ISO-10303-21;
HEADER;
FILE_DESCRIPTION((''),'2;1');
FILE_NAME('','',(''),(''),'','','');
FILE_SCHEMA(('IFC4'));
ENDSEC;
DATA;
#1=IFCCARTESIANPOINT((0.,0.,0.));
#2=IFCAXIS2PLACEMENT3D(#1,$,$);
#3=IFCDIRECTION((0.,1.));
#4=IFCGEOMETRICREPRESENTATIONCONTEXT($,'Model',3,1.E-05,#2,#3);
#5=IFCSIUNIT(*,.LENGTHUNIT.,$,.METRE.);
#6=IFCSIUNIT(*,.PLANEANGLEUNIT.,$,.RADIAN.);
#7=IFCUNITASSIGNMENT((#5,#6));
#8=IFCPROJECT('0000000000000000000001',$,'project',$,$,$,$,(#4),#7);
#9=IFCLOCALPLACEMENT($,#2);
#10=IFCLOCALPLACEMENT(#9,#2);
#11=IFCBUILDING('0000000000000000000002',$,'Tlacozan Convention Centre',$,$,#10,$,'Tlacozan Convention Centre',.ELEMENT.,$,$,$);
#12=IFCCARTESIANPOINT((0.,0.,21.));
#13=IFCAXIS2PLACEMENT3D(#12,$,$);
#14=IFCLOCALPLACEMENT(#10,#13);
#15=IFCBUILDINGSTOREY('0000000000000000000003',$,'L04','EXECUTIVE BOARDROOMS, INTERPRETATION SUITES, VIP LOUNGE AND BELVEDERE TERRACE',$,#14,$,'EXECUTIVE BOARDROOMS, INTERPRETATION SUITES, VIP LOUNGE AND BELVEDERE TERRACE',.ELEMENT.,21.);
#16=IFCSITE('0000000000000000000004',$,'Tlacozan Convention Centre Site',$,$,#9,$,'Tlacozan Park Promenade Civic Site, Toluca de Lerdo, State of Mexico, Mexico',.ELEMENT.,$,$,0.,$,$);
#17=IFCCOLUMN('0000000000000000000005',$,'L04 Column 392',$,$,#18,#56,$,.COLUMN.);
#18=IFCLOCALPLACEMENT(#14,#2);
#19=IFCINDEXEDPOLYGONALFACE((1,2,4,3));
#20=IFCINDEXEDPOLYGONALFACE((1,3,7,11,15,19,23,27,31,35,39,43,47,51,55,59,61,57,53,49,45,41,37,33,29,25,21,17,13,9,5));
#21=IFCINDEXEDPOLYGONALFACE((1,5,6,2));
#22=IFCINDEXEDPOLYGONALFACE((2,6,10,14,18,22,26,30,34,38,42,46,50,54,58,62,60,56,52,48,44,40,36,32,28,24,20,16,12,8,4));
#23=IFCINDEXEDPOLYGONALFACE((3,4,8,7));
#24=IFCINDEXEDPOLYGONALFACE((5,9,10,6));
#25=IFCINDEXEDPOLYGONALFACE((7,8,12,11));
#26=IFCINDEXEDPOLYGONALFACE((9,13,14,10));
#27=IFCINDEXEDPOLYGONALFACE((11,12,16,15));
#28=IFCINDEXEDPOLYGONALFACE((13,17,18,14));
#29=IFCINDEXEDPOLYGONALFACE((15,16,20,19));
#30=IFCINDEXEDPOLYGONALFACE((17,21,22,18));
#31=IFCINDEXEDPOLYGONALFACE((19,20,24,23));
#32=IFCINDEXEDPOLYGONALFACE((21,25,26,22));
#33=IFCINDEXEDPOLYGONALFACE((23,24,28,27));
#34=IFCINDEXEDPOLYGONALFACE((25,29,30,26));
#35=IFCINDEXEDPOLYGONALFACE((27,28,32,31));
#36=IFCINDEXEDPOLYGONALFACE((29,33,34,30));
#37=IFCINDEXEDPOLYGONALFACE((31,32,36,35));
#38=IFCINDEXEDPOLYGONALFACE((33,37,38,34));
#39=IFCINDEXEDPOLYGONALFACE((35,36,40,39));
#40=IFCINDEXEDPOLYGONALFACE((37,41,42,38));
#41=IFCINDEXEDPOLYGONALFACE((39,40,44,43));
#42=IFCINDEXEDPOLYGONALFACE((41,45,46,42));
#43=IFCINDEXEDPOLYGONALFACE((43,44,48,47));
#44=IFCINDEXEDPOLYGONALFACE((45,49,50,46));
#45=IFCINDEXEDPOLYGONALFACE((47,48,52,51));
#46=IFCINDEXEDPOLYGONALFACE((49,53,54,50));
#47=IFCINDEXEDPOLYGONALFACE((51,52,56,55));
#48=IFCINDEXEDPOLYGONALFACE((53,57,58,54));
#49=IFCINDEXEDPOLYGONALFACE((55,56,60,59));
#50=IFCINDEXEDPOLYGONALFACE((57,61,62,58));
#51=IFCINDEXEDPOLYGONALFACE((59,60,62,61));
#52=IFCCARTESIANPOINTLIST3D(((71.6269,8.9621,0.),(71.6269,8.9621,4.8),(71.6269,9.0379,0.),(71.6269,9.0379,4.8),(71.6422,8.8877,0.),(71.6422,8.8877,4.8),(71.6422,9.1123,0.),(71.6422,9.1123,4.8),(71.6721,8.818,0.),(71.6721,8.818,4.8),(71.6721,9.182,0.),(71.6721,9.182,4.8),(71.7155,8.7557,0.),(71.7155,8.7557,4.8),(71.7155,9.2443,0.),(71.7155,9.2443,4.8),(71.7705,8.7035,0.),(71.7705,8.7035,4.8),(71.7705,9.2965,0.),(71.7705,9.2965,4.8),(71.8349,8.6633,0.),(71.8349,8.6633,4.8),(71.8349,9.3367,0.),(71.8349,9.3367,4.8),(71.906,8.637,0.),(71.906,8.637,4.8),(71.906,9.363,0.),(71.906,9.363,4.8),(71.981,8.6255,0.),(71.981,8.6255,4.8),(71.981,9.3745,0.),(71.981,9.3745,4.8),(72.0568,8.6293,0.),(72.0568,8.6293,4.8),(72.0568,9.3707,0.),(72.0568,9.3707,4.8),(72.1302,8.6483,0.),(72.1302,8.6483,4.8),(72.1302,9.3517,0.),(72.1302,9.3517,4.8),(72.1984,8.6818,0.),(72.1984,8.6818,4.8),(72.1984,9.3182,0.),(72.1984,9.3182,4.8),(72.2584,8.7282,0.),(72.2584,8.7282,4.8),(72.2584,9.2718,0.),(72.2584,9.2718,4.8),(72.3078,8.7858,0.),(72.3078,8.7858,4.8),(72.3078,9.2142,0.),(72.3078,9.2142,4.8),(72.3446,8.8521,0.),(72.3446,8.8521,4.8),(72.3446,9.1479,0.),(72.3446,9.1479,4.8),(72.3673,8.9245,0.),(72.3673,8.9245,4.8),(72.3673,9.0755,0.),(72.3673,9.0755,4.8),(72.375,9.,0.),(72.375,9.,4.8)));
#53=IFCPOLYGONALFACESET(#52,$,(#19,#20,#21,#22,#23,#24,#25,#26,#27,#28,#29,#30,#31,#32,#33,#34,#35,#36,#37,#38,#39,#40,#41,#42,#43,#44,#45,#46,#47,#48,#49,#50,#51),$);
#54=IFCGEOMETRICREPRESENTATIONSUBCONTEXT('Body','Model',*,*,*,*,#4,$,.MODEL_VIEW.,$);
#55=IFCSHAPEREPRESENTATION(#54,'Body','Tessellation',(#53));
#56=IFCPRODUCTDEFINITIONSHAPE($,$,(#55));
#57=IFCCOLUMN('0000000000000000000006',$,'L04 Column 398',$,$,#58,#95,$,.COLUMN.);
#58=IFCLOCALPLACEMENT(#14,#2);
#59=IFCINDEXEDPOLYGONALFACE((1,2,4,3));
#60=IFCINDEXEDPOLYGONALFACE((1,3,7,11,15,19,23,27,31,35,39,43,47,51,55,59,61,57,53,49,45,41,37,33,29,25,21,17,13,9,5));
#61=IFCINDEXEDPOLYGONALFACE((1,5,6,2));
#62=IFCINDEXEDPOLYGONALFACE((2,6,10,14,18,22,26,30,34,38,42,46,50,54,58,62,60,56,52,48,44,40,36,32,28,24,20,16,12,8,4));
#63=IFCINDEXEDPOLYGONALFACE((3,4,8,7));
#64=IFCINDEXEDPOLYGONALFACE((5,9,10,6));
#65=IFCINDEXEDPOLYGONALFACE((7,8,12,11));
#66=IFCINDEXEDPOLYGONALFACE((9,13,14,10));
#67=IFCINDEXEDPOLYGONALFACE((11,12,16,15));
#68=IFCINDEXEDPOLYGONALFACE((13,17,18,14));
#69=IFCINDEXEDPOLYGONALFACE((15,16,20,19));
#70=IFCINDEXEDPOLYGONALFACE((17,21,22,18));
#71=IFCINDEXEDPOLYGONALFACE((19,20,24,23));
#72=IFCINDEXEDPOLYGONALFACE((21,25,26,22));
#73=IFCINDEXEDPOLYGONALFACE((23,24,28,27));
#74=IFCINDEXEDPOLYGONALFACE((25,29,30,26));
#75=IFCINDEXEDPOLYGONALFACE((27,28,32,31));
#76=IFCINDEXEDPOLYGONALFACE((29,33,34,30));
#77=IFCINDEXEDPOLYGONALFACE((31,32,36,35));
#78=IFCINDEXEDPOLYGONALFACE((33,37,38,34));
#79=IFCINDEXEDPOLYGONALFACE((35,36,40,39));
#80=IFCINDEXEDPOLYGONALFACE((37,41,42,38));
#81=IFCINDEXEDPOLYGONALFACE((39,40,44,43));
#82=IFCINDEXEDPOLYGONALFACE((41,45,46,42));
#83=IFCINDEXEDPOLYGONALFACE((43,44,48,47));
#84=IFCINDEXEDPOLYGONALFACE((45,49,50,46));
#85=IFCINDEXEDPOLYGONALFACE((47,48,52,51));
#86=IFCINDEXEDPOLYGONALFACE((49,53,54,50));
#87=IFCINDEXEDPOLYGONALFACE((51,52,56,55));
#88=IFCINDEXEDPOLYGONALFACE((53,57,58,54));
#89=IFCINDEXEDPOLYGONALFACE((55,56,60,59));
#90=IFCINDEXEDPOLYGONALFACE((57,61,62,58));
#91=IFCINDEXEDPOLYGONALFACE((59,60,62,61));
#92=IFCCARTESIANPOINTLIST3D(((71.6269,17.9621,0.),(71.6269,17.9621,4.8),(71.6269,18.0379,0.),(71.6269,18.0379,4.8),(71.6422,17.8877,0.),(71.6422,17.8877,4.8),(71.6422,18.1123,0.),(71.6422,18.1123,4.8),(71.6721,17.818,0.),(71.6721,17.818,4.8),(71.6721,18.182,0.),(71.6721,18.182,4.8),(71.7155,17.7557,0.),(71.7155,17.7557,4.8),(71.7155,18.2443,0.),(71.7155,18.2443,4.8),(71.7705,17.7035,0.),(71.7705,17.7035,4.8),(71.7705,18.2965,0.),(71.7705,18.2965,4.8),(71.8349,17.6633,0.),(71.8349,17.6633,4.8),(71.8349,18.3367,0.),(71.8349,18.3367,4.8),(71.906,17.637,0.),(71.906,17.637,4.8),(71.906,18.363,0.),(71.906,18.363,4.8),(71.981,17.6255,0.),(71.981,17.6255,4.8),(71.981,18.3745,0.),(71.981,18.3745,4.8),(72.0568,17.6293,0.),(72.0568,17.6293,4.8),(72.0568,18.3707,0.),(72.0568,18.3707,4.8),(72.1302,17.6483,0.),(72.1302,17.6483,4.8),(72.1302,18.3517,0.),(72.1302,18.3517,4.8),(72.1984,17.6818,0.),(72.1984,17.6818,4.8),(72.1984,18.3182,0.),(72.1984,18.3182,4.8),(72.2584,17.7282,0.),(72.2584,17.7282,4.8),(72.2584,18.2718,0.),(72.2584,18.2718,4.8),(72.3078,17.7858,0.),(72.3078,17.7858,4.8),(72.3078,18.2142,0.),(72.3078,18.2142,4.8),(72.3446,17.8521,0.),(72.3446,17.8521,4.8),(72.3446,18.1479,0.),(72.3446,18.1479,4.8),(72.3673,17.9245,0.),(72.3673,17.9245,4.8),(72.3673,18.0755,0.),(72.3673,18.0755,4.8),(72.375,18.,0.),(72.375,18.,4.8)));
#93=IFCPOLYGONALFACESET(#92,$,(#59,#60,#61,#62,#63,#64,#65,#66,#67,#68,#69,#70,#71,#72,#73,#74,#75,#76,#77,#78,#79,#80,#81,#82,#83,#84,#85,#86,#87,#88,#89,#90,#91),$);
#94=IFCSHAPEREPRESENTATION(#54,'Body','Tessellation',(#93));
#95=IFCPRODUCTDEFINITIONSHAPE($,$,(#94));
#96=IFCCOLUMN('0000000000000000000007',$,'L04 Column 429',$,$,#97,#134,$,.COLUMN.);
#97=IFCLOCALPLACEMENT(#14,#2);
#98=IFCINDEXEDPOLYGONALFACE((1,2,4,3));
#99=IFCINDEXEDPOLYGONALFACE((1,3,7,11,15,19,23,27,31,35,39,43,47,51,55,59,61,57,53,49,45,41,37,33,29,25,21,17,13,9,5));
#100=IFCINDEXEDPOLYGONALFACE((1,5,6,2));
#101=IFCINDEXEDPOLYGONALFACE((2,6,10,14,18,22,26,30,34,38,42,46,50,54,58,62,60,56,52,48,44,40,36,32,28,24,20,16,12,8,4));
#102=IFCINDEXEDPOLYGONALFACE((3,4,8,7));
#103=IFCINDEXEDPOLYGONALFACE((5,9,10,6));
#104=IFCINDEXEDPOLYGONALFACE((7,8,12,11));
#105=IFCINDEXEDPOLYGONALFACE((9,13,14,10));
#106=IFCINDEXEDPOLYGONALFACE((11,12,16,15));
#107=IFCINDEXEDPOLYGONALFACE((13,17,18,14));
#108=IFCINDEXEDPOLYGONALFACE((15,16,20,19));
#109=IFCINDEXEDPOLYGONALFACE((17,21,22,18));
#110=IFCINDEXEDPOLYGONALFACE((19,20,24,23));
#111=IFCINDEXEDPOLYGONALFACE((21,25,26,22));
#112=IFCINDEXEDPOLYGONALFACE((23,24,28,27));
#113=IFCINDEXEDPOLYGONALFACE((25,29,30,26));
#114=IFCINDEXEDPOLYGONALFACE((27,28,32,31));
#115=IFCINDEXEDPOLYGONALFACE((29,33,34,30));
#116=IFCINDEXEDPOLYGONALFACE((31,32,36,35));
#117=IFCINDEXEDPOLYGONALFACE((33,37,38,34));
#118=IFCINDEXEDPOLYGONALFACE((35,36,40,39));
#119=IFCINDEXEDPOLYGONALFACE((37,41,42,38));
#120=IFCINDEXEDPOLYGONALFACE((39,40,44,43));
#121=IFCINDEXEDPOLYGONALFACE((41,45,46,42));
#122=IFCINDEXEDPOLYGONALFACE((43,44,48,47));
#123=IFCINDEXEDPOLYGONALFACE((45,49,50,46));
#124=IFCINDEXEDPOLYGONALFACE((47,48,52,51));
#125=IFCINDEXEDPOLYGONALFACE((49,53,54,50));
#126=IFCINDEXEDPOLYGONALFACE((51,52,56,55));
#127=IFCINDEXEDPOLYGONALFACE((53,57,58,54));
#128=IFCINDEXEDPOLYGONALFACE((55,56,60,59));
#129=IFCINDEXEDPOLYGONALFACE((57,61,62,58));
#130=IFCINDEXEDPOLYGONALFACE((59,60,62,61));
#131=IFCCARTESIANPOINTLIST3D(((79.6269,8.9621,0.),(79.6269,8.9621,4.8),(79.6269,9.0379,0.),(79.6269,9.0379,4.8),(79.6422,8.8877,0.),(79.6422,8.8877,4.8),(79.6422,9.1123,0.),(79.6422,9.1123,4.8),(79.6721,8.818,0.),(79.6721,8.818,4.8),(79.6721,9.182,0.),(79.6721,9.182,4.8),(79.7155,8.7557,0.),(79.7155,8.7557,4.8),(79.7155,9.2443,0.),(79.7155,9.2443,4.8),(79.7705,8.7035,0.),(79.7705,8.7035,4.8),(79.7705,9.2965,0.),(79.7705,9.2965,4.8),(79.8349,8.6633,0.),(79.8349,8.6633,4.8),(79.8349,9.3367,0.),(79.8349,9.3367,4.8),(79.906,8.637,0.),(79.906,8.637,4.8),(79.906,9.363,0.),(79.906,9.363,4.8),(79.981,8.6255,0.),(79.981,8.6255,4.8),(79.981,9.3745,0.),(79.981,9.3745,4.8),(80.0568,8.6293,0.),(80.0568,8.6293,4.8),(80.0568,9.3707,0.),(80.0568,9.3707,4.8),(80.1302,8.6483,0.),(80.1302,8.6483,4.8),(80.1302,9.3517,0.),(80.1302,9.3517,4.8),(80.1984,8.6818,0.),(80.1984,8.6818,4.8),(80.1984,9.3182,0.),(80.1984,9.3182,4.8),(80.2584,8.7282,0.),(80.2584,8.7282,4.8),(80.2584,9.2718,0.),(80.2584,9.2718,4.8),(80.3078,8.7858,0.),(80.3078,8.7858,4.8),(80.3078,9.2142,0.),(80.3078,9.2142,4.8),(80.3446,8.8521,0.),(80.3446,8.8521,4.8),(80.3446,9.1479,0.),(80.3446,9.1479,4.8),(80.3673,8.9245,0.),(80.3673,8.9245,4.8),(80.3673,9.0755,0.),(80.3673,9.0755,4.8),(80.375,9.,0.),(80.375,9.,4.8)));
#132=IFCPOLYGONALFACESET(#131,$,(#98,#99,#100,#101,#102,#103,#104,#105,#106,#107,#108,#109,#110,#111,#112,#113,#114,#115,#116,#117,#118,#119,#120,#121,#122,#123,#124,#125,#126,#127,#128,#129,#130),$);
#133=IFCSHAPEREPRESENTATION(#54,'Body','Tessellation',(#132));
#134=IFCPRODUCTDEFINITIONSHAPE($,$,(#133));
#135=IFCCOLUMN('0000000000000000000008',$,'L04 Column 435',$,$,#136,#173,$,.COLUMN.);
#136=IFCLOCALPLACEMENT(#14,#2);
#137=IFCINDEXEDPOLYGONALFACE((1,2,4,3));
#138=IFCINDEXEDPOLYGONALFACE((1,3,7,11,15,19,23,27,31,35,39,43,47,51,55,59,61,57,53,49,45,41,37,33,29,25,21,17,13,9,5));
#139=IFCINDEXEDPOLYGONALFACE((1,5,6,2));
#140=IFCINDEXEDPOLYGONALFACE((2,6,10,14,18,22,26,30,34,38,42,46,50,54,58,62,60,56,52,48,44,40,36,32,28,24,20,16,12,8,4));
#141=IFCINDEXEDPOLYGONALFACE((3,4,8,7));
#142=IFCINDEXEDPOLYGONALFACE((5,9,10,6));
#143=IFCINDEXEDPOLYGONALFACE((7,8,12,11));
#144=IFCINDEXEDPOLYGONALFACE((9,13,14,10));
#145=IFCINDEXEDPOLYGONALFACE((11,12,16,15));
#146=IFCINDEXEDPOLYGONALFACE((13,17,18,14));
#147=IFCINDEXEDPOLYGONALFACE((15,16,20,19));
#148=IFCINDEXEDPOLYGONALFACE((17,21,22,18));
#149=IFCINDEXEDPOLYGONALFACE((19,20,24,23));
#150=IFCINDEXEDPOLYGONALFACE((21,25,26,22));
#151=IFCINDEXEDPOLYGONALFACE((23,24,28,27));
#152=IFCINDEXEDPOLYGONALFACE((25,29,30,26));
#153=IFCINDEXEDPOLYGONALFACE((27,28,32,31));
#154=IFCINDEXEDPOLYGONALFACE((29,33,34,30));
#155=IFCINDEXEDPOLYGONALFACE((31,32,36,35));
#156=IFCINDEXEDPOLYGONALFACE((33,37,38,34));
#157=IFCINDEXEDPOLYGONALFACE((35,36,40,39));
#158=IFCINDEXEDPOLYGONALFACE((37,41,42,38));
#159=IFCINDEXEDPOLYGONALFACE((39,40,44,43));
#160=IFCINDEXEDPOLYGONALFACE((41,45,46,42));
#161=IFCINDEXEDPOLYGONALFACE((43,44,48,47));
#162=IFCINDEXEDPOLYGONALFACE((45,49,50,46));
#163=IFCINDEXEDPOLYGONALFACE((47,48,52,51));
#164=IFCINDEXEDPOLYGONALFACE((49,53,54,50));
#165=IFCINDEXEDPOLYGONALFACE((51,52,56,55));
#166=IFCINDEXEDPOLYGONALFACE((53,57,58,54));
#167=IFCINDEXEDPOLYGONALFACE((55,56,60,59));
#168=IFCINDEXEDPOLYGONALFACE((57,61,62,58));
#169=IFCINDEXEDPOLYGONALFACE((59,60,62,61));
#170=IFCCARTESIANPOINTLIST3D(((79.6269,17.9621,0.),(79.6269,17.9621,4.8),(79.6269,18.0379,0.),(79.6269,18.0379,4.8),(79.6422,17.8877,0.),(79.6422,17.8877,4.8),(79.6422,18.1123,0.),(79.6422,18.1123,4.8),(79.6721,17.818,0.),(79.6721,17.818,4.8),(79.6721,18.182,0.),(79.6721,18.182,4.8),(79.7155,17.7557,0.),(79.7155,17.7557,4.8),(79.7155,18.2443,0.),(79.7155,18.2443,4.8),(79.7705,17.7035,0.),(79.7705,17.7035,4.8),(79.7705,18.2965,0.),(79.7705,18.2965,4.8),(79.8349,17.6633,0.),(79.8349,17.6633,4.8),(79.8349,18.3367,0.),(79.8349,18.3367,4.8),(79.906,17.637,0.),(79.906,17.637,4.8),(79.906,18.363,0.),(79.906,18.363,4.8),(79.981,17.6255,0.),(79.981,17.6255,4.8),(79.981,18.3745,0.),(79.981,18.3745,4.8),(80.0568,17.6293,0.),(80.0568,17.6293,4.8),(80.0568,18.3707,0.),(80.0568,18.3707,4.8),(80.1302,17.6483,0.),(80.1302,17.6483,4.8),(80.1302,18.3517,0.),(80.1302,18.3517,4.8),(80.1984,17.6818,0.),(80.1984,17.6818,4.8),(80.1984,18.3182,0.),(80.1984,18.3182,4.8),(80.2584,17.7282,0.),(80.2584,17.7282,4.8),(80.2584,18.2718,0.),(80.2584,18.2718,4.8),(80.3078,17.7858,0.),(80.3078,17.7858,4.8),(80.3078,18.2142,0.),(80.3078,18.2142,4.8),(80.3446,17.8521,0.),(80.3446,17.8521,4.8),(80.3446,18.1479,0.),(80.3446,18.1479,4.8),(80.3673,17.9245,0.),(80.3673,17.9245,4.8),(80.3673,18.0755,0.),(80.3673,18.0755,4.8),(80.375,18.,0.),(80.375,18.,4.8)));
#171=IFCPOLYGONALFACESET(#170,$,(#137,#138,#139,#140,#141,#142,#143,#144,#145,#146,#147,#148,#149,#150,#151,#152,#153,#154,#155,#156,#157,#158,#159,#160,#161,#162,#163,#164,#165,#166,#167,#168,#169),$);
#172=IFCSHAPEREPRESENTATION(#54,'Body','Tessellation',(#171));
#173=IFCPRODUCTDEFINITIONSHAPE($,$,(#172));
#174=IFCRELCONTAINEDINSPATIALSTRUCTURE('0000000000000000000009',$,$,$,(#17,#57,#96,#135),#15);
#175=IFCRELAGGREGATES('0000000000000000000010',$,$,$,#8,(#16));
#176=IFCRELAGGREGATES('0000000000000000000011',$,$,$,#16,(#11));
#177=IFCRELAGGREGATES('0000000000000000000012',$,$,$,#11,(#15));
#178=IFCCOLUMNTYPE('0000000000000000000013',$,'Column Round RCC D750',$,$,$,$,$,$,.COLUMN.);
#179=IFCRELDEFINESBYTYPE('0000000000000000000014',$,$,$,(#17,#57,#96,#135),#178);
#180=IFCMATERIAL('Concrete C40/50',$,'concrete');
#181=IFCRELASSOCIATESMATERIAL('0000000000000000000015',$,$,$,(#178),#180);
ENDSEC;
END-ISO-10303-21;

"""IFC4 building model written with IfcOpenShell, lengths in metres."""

from ifc_helpers import new_model, si_unit, direction, frame, origin, origin_2d, place, context, subcontext, project, spatial, circle, extrude, material, material_profile, profile_set, type_object, element, save


model = new_model("IFC4")

# Units and contexts
model_context = context("Model", 3, precision=1e-05, world=origin(), true_north=direction((0.0, 1.0)))
body_context = subcontext(model_context, "Body", "Model", "MODEL_VIEW")
ifc_project = project(units=[si_unit("LENGTHUNIT", "METRE"), si_unit("PLANEANGLEUNIT", "RADIAN")], contexts=[model_context])

# Site, building, storey
site_placement = place(None, origin())
site = spatial("IfcSite", under=ifc_project, at=site_placement, Name="Tlacozan Convention Centre Site", LongName="Tlacozan Park Promenade Civic Site, Toluca de Lerdo, State of Mexico, Mexico", CompositionType="ELEMENT", RefElevation=0.0)
building_placement = place(site_placement, origin())
building = spatial("IfcBuilding", under=site, at=building_placement, Name="Tlacozan Convention Centre", LongName="Tlacozan Convention Centre", CompositionType="ELEMENT")
storey_placement = place(building_placement, frame((0.0, 0.0, 21.0)))
storey = spatial("IfcBuildingStorey", under=building, at=storey_placement, Name="L04", Description="EXECUTIVE BOARDROOMS, INTERPRETATION SUITES, VIP LOUNGE AND BELVEDERE TERRACE", LongName="EXECUTIVE BOARDROOMS, INTERPRETATION SUITES, VIP LOUNGE AND BELVEDERE TERRACE", CompositionType="ELEMENT", Elevation=21.0)

# Columns
ifc_material_1 = material(Name="Concrete C40/50", Category="concrete")
ifc_material_profile_1 = material_profile(ifc_material_1, circle(Radius=0.375, at=origin_2d()), Name="RCC D750")
ifc_profile_set_1 = profile_set([ifc_material_profile_1], Name="Concrete C40/50")
column_type = type_object("IfcColumnType", Name="Column Round RCC D750", PredefinedType="COLUMN", material=ifc_profile_set_1)
for number, where, z_axis, x_axis, name in (
    (1, (72.0, 9.0, 0.0), (0.0, 0.0, 1.0), (1.0, 0.0, 0.0), "L04 Column 392"),
    (2, (72.0, 18.0, 0.0), (0.0, 0.0, 1.0), (1.0, 0.0, 0.0), "L04 Column 398"),
    (3, (80.0, 9.0, 0.0), (0.0, 0.0, 1.0), (1.0, 0.0, 0.0), "L04 Column 429"),
    (4, (80.0, 18.0, 0.0), (0.0, 0.0, 1.0), (1.0, 0.0, 0.0), "L04 Column 435"),
):
    element("IfcColumn", number, at=place(storey_placement, frame(where, z_axis=z_axis, x_axis=x_axis)), inside=storey, type_object=column_type, Name=name, PredefinedType="COLUMN", context=body_context, shape_type="SweptSolid", body=[
        extrude(circle(Radius=0.375, at=origin_2d()), origin(), (0.0, 0.0, 1.0), 4.8),
    ])

save(model, "model.ifc")
